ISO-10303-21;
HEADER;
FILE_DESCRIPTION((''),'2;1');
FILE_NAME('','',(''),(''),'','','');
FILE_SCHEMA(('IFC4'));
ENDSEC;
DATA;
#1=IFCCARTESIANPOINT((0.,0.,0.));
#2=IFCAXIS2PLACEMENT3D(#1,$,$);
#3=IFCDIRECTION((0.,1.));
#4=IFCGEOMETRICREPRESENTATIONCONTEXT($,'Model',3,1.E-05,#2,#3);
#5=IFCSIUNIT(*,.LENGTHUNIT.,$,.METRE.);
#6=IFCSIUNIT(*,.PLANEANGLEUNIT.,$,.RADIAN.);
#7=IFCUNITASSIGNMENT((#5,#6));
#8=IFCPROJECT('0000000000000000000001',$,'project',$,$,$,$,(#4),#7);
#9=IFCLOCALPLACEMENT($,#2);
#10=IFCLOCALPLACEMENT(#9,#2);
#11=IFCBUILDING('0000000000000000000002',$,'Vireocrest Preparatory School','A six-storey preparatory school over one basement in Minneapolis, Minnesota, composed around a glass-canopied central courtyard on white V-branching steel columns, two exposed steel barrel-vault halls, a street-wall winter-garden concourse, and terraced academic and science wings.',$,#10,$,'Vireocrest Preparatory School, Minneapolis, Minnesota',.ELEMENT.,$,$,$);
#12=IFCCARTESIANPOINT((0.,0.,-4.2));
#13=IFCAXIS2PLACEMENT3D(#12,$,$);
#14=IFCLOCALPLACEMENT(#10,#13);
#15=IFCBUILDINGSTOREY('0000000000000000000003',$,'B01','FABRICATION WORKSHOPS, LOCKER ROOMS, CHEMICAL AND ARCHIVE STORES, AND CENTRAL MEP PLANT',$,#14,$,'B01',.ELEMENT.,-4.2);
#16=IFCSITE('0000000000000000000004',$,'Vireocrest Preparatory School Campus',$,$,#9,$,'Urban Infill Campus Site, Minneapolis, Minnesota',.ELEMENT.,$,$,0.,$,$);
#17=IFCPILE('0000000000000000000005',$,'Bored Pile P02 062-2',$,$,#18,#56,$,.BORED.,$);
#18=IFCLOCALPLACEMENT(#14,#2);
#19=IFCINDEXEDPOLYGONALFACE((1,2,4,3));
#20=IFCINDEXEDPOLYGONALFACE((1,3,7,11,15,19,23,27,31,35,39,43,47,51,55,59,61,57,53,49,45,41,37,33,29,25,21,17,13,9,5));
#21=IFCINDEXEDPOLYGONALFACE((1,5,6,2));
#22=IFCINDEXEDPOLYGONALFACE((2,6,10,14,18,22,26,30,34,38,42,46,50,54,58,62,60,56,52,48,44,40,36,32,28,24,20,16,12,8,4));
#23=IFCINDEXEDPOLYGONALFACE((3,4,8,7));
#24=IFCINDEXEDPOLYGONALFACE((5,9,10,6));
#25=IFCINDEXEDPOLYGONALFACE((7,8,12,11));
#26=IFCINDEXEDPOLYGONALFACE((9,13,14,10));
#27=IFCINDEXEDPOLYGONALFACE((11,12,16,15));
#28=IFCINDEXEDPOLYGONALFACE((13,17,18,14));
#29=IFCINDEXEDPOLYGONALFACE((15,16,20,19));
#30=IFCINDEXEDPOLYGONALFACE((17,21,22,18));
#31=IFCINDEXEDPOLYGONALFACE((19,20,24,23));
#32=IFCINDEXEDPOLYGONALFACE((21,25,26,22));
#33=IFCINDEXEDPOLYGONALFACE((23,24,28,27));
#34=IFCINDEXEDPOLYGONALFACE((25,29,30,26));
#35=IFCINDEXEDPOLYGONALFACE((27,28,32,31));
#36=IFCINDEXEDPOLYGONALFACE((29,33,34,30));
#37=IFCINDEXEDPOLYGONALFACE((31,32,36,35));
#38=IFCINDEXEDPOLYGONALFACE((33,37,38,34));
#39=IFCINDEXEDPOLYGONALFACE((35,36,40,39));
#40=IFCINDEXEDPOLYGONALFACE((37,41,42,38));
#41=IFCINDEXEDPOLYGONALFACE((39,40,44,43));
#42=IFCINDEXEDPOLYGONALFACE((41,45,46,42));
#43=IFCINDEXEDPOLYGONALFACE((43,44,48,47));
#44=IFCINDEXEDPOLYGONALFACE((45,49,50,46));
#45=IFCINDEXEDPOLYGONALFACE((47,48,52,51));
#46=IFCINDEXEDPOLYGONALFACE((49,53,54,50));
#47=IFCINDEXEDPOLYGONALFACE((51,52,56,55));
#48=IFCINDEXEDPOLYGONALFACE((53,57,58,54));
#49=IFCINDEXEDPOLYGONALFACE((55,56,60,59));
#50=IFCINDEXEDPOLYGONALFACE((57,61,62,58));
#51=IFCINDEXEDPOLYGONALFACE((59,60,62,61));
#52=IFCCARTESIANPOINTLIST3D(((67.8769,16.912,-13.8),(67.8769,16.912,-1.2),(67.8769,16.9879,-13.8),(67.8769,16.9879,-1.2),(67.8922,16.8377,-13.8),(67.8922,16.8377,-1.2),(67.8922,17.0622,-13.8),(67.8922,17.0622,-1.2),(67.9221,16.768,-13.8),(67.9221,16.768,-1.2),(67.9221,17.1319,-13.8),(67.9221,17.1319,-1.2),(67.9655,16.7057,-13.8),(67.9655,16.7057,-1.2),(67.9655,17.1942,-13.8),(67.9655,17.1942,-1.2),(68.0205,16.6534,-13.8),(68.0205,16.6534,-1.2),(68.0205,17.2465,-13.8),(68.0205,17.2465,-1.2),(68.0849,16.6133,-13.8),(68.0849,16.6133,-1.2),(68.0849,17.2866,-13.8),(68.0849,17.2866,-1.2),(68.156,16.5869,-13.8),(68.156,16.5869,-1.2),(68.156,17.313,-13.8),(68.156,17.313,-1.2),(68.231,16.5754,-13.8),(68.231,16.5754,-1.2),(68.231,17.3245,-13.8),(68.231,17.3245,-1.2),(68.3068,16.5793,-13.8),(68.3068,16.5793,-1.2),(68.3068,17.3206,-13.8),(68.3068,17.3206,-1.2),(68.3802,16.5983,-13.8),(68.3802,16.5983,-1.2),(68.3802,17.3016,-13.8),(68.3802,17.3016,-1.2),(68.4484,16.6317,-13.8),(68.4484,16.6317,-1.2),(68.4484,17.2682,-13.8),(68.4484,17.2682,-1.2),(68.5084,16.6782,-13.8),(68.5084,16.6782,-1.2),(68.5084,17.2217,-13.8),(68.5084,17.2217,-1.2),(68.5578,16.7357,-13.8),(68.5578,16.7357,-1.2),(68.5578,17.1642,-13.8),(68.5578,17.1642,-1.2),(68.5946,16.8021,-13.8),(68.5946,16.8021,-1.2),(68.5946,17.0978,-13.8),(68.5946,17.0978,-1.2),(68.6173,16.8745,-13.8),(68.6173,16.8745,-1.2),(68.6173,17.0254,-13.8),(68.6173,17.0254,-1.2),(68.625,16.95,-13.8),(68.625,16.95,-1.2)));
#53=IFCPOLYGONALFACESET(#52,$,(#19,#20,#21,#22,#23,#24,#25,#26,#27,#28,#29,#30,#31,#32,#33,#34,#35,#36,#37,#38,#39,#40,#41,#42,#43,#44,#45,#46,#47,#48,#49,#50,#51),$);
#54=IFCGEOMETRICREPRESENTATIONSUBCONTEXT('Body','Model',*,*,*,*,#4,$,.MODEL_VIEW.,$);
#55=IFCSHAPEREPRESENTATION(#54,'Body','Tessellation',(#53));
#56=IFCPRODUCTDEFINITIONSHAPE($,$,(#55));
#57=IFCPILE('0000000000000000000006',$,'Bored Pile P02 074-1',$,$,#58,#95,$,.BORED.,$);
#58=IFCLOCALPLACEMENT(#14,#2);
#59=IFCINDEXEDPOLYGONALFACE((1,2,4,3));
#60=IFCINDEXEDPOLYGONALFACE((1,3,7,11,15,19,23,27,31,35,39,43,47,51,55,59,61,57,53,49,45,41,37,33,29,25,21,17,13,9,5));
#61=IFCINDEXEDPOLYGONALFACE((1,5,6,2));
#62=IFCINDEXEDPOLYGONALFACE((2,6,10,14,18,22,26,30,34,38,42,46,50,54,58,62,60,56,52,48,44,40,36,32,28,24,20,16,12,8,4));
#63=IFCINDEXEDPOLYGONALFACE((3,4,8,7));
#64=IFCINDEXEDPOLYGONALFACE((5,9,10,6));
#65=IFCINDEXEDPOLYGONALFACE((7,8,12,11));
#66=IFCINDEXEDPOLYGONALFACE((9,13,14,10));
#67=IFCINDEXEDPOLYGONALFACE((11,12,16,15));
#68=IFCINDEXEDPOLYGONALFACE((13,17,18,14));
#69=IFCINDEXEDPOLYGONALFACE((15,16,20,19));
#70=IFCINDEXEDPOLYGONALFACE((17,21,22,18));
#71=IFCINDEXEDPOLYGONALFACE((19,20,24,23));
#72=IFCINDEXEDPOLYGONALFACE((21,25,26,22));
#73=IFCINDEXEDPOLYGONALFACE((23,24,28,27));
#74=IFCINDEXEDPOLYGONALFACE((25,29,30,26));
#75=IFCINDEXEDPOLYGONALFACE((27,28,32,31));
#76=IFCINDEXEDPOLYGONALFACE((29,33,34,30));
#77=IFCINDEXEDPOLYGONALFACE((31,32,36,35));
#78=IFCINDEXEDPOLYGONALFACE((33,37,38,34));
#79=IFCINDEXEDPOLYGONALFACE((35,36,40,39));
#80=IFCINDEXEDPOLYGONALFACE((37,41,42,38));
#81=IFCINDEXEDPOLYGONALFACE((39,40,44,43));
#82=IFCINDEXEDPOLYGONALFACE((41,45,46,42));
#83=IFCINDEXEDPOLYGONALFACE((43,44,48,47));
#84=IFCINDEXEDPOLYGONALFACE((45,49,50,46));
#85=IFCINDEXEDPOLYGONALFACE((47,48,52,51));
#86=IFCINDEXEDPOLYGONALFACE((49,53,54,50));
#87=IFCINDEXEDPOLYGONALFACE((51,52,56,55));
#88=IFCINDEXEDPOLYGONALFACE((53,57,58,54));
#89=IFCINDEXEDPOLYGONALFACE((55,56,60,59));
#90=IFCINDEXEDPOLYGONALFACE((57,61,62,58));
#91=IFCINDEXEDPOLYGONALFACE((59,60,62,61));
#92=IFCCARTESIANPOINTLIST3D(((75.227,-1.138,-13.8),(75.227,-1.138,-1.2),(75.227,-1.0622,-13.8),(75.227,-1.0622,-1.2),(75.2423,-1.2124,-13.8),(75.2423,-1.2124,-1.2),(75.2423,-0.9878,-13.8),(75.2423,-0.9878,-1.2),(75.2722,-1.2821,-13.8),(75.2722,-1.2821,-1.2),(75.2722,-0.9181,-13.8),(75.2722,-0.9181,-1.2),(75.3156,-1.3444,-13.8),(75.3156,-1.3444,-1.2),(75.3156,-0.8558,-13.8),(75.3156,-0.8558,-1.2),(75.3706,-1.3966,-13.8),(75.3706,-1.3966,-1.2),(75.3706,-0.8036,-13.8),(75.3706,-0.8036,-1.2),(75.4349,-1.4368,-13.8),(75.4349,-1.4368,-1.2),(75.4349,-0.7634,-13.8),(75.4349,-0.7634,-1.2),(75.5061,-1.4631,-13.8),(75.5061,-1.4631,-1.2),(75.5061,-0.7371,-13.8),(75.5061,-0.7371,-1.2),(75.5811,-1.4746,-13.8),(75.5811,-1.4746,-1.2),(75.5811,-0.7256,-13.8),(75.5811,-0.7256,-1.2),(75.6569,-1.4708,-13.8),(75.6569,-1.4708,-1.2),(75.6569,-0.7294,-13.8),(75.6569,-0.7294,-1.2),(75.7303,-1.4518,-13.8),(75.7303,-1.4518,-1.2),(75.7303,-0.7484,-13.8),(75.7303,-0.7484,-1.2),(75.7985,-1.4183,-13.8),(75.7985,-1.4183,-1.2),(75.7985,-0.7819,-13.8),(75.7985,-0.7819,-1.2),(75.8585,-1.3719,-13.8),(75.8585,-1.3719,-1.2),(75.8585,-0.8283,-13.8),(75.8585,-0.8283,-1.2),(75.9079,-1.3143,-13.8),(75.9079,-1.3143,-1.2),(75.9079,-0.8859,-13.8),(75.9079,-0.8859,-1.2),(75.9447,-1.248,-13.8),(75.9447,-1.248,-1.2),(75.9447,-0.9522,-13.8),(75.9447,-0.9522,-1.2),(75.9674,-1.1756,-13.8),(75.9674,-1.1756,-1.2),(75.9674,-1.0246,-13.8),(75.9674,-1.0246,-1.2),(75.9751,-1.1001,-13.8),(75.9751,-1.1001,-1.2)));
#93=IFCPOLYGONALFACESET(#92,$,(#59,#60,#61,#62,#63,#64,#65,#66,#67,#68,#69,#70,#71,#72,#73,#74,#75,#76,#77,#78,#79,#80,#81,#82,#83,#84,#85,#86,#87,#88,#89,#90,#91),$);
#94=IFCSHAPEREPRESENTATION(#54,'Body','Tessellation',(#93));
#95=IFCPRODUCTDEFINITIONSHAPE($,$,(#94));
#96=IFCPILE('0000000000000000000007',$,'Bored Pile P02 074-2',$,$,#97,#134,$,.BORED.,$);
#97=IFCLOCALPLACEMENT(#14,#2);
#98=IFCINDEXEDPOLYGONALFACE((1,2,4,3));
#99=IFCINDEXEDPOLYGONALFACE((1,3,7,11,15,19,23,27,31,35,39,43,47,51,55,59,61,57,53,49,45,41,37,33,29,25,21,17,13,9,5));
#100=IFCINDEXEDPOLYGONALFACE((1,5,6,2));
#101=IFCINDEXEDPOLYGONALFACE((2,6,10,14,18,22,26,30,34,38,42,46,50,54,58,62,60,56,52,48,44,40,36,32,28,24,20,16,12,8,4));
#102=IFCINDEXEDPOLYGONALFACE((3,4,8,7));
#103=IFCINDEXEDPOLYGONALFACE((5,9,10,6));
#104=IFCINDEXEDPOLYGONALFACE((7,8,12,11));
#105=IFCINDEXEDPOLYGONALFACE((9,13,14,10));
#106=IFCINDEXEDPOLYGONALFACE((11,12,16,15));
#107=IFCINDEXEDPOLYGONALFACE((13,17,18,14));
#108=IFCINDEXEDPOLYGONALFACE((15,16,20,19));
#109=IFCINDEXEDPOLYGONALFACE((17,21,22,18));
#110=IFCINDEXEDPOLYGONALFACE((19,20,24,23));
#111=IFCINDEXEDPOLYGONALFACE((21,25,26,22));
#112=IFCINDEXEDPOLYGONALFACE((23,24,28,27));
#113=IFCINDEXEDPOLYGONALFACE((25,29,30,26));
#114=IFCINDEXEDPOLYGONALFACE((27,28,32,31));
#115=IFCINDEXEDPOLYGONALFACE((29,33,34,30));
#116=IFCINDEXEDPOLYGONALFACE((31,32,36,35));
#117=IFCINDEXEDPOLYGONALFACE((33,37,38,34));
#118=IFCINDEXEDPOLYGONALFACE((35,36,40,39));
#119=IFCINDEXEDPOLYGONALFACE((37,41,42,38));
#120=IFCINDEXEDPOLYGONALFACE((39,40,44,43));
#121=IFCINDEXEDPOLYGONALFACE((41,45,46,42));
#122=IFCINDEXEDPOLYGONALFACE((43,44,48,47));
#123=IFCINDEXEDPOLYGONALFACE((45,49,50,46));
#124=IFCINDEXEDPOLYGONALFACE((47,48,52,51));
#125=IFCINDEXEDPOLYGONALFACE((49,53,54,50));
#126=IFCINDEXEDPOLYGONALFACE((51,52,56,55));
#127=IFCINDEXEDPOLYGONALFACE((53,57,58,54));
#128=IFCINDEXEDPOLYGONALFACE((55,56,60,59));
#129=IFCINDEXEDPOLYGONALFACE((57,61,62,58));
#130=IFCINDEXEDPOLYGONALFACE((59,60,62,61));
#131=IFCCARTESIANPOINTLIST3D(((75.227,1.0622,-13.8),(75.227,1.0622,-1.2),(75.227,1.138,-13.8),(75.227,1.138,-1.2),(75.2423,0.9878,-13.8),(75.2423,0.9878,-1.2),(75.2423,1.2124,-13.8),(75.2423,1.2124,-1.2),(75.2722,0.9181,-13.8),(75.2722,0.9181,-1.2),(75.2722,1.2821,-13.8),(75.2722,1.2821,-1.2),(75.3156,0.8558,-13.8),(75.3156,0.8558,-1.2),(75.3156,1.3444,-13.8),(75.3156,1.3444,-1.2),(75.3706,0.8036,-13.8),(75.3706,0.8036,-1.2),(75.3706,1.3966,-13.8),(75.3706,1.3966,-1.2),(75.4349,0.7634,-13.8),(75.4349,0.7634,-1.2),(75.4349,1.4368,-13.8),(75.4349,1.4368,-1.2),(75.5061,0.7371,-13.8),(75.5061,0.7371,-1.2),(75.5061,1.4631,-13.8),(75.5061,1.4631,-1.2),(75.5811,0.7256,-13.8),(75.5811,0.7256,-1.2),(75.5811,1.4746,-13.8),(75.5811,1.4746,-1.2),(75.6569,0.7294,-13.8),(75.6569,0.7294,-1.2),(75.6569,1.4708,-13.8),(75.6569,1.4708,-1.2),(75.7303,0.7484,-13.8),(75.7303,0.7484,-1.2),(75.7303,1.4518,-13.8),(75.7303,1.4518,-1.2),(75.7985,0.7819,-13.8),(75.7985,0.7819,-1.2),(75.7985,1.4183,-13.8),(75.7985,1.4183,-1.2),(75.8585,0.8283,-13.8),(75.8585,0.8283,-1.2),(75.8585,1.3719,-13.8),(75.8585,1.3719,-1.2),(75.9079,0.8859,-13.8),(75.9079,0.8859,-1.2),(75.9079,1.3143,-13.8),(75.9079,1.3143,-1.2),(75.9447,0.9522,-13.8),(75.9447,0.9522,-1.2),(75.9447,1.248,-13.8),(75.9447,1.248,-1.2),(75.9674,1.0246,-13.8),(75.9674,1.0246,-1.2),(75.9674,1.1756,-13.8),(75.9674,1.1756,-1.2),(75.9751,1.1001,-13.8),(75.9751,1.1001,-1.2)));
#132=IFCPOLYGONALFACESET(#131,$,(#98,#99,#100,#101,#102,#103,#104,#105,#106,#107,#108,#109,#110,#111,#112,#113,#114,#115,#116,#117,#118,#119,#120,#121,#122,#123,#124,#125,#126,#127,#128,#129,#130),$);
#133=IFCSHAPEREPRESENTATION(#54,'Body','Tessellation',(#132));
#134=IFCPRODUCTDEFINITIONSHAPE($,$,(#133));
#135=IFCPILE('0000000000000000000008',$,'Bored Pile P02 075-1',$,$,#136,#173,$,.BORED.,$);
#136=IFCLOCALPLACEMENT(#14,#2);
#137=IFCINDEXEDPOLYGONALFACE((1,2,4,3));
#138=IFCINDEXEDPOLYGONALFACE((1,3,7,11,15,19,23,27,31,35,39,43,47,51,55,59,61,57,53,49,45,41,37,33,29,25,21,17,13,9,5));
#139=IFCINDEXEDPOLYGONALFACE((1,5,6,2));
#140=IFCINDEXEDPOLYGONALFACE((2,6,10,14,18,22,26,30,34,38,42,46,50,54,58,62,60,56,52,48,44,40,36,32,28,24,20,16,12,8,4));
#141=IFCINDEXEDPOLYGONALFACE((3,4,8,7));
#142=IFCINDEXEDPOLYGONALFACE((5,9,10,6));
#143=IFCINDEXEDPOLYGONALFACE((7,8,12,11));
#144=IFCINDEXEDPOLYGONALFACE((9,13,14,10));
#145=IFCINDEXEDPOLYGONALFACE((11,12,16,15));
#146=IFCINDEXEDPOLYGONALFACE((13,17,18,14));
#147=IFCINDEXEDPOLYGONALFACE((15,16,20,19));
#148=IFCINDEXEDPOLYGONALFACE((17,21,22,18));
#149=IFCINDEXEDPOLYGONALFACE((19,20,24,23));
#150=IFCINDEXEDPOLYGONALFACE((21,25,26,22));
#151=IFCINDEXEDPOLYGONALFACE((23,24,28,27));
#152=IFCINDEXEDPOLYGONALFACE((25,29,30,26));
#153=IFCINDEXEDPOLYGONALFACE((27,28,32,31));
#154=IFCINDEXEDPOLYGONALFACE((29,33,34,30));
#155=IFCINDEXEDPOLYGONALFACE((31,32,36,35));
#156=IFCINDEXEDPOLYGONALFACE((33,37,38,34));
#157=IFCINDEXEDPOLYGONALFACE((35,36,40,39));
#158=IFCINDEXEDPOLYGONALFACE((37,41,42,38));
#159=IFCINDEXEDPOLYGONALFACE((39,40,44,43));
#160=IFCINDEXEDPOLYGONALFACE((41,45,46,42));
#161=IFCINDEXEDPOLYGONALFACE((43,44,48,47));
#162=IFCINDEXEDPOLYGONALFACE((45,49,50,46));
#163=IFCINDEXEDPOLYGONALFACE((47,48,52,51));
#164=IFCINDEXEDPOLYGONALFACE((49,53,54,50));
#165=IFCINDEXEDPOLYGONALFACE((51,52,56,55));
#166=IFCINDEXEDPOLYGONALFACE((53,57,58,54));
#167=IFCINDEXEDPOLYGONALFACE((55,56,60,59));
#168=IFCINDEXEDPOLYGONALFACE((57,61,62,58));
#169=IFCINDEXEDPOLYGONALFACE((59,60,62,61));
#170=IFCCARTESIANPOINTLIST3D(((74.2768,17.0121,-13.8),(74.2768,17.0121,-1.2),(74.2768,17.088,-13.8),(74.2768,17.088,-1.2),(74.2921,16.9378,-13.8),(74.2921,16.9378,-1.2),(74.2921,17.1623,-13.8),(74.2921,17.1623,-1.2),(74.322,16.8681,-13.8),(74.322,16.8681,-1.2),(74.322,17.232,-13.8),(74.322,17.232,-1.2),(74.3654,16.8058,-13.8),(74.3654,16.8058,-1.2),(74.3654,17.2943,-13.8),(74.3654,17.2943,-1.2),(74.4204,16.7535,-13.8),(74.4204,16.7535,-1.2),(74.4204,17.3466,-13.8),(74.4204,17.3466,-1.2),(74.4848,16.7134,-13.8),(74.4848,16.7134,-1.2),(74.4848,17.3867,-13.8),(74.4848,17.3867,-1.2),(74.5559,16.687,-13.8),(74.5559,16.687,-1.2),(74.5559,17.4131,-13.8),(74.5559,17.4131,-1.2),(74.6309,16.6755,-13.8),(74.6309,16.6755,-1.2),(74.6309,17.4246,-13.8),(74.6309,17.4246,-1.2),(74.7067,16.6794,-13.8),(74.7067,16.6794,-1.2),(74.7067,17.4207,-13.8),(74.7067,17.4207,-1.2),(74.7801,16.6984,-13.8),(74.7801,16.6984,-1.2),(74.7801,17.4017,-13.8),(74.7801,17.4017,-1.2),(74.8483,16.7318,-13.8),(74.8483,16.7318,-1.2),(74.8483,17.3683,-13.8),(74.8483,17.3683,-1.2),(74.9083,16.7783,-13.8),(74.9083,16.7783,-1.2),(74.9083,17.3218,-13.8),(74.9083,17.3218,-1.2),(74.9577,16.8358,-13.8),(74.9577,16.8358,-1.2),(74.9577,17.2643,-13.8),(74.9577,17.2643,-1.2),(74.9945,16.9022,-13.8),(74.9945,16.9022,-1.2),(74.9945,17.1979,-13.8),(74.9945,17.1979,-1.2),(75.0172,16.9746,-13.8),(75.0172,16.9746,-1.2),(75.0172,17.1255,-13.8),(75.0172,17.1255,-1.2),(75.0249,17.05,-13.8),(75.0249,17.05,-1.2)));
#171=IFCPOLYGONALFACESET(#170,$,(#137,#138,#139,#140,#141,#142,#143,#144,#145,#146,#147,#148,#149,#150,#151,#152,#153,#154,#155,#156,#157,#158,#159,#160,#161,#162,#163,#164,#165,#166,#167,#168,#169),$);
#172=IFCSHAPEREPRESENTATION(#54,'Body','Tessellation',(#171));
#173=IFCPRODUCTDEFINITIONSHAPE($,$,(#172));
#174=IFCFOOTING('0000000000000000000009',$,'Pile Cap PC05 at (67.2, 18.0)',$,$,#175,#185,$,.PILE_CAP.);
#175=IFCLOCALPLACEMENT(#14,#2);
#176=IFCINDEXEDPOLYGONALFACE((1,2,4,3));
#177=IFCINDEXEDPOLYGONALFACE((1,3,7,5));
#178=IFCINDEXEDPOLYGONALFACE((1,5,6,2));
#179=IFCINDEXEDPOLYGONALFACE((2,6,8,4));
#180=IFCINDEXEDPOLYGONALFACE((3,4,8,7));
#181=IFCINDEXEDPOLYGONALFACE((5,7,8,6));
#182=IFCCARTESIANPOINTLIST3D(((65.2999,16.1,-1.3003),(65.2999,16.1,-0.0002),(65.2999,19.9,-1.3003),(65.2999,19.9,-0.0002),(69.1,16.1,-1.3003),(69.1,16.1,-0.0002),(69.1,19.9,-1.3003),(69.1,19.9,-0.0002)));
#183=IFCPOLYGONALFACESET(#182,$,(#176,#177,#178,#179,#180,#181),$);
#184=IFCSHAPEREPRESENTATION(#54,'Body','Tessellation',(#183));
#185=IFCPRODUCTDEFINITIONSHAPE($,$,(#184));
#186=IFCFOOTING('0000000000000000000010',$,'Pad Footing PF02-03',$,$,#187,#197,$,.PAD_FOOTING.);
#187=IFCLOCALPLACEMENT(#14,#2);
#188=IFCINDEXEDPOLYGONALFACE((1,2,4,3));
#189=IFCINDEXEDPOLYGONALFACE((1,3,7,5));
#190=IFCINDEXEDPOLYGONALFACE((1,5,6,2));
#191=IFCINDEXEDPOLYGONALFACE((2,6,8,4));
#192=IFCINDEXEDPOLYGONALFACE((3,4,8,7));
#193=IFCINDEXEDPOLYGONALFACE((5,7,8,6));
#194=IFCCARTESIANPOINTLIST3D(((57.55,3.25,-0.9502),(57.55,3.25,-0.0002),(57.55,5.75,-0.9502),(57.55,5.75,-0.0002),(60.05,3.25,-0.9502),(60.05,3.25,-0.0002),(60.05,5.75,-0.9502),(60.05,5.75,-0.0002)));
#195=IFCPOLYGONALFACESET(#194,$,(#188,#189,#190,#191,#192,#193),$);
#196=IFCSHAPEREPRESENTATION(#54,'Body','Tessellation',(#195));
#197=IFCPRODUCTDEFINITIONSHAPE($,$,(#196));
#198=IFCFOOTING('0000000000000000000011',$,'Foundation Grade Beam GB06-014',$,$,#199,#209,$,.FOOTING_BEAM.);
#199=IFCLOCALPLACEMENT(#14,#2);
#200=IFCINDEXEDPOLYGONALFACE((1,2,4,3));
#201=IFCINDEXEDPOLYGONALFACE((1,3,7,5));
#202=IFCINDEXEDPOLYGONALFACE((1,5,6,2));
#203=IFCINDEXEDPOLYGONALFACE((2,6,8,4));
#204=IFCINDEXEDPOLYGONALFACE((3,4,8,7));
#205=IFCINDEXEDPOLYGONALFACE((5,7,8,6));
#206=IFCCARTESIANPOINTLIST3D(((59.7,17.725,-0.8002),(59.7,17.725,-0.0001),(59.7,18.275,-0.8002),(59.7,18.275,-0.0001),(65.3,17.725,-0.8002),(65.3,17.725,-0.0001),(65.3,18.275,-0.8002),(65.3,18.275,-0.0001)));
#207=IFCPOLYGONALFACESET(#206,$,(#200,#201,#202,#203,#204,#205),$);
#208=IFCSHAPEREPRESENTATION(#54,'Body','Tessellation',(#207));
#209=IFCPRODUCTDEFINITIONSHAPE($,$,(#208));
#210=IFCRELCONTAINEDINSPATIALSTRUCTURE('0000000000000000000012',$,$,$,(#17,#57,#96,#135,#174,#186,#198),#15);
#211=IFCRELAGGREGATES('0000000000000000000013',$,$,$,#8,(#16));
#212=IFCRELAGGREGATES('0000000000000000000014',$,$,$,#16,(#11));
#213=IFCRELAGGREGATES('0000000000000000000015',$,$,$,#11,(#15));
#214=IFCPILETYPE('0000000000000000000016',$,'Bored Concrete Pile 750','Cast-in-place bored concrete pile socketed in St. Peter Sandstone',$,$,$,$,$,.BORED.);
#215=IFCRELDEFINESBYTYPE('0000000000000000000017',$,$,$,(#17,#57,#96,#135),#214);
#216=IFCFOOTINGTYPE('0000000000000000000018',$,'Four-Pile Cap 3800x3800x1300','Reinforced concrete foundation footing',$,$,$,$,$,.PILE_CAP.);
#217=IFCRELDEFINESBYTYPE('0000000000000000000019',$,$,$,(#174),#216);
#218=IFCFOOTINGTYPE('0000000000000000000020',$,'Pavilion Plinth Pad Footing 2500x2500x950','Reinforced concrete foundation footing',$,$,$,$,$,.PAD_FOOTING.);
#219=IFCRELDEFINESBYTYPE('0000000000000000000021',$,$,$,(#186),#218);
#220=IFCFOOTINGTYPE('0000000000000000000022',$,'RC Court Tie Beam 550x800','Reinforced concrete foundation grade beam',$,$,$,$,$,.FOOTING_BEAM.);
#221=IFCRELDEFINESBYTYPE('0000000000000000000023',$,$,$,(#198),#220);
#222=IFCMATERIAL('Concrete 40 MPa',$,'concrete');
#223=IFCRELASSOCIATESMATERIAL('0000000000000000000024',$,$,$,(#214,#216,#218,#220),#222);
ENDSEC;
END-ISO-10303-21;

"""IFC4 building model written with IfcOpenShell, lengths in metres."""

from ifc_helpers import new_model, si_unit, direction, frame, origin, origin_2d, place, context, subcontext, project, spatial, rectangle, circle, extrude, material, material_profile, profile_set, type_object, element, save


model = new_model("IFC4")

# Units and contexts
model_context = context("Model", 3, precision=1e-05, world=origin(), true_north=direction((0.0, 1.0)))
body_context = subcontext(model_context, "Body", "Model", "MODEL_VIEW")
ifc_project = project(units=[si_unit("LENGTHUNIT", "METRE"), si_unit("PLANEANGLEUNIT", "RADIAN")], contexts=[model_context])

# Site, building, storey
site_placement = place(None, origin())
site = spatial("IfcSite", under=ifc_project, at=site_placement, Name="Vireocrest Preparatory School Campus", LongName="Urban Infill Campus Site, Minneapolis, Minnesota", CompositionType="ELEMENT", RefElevation=0.0)
building_placement = place(site_placement, origin())
building = spatial("IfcBuilding", under=site, at=building_placement, Name="Vireocrest Preparatory School", Description="A six-storey preparatory school over one basement in Minneapolis, Minnesota, composed around a glass-canopied central courtyard on white V-branching steel columns, two exposed steel barrel-vault halls, a street-wall winter-garden concourse, and terraced academic and science wings.", LongName="Vireocrest Preparatory School, Minneapolis, Minnesota", CompositionType="ELEMENT")
storey_placement = place(building_placement, frame((0.0, 0.0, -4.2)))
storey = spatial("IfcBuildingStorey", under=building, at=storey_placement, Name="B01", Description="FABRICATION WORKSHOPS, LOCKER ROOMS, CHEMICAL AND ARCHIVE STORES, AND CENTRAL MEP PLANT", LongName="B01", CompositionType="ELEMENT", Elevation=-4.2)

# Piles
ifc_material_1 = material(Name="Concrete 40 MPa", Category="concrete")
ifc_material_profile_1 = material_profile(ifc_material_1, circle(Radius=0.375, at=origin_2d()), Name="BORED PILE 750")
ifc_profile_set_1 = profile_set([ifc_material_profile_1], Name="Concrete 40 MPa")
pile_type_1 = type_object("IfcPileType", Name="Bored Concrete Pile 750", Description="Cast-in-place bored concrete pile socketed in St. Peter Sandstone", PredefinedType="BORED", material=ifc_profile_set_1)
for number, where, z_axis, x_axis, name in (
    (1, (68.25, 16.95, -1.2), (0.0, 0.0, -1.0), (1.0, 0.0, 0.0), "Bored Pile P02 062-2"),
    (2, (75.6001, -1.1001, -1.2), (0.0, 0.0, -1.0), (1.0, 0.0, 0.0), "Bored Pile P02 074-1"),
    (3, (75.6001, 1.1001, -1.2), (0.0, 0.0, -1.0), (1.0, 0.0, 0.0), "Bored Pile P02 074-2"),
    (4, (74.6499, 17.05, -1.2), (0.0, 0.0, -1.0), (1.0, 0.0, 0.0), "Bored Pile P02 075-1"),
):
    element("IfcPile", number, at=place(storey_placement, frame(where, z_axis=z_axis, x_axis=x_axis)), inside=storey, type_object=pile_type_1, Name=name, PredefinedType="BORED", context=body_context, shape_type="SweptSolid", body=[
        extrude(circle(Radius=0.375, at=origin_2d()), origin(), (0.0, 0.0, 1.0), 12.6001),
    ])

# Footings
footing_type_1 = type_object("IfcFootingType", Name="Four-Pile Cap 3800x3800x1300", Description="Reinforced concrete foundation footing", PredefinedType="PILE_CAP", material=ifc_material_1)
footing_1_placement = place(storey_placement, frame((67.2, 18.0, -1.3003), z_axis=(0.0, 0.0, 1.0), x_axis=(1.0, 0.0, 0.0)))
element("IfcFooting", 5, at=footing_1_placement, inside=storey, type_object=footing_type_1, Name="Pile Cap PC05 at (67.2, 18.0)", PredefinedType="PILE_CAP", context=body_context, shape_type="SweptSolid", body=[
    extrude(rectangle(XDim=3.8, YDim=3.8, at=origin_2d()), origin(), (0.0, 0.0, 1.0), 1.3),
])
footing_type_2 = type_object("IfcFootingType", Name="Pavilion Plinth Pad Footing 2500x2500x950", Description="Reinforced concrete foundation footing", PredefinedType="PAD_FOOTING", material=ifc_material_1)
footing_2_placement = place(storey_placement, frame((58.8, 4.5, -0.9502), z_axis=(0.0, 0.0, 1.0), x_axis=(1.0, 0.0, 0.0)))
element("IfcFooting", 6, at=footing_2_placement, inside=storey, type_object=footing_type_2, Name="Pad Footing PF02-03", PredefinedType="PAD_FOOTING", context=body_context, shape_type="SweptSolid", body=[
    extrude(rectangle(XDim=2.5, YDim=2.5, at=origin_2d()), origin(), (0.0, 0.0, 1.0), 0.95),
])
ifc_material_profile_2 = material_profile(ifc_material_1, rectangle(XDim=0.55, YDim=0.8, at=origin_2d()), Name="GB 550x800")
ifc_profile_set_2 = profile_set([ifc_material_profile_2], Name="Concrete 40 MPa")
footing_type_3 = type_object("IfcFootingType", Name="RC Court Tie Beam 550x800", Description="Reinforced concrete foundation grade beam", PredefinedType="FOOTING_BEAM", material=ifc_profile_set_2)
footing_3_placement = place(storey_placement, frame((59.7, 18.0, -0.4001), z_axis=(1.0, 0.0, 0.0), x_axis=(0.0, 1.0, 0.0)))
element("IfcFooting", 7, at=footing_3_placement, inside=storey, type_object=footing_type_3, Name="Foundation Grade Beam GB06-014", PredefinedType="FOOTING_BEAM", context=body_context, shape_type="SweptSolid", body=[
    extrude(rectangle(XDim=0.55, YDim=0.8, at=origin_2d()), origin(), (0.0, 0.0, 1.0), 5.6001),
])

save(model, "model.ifc")
